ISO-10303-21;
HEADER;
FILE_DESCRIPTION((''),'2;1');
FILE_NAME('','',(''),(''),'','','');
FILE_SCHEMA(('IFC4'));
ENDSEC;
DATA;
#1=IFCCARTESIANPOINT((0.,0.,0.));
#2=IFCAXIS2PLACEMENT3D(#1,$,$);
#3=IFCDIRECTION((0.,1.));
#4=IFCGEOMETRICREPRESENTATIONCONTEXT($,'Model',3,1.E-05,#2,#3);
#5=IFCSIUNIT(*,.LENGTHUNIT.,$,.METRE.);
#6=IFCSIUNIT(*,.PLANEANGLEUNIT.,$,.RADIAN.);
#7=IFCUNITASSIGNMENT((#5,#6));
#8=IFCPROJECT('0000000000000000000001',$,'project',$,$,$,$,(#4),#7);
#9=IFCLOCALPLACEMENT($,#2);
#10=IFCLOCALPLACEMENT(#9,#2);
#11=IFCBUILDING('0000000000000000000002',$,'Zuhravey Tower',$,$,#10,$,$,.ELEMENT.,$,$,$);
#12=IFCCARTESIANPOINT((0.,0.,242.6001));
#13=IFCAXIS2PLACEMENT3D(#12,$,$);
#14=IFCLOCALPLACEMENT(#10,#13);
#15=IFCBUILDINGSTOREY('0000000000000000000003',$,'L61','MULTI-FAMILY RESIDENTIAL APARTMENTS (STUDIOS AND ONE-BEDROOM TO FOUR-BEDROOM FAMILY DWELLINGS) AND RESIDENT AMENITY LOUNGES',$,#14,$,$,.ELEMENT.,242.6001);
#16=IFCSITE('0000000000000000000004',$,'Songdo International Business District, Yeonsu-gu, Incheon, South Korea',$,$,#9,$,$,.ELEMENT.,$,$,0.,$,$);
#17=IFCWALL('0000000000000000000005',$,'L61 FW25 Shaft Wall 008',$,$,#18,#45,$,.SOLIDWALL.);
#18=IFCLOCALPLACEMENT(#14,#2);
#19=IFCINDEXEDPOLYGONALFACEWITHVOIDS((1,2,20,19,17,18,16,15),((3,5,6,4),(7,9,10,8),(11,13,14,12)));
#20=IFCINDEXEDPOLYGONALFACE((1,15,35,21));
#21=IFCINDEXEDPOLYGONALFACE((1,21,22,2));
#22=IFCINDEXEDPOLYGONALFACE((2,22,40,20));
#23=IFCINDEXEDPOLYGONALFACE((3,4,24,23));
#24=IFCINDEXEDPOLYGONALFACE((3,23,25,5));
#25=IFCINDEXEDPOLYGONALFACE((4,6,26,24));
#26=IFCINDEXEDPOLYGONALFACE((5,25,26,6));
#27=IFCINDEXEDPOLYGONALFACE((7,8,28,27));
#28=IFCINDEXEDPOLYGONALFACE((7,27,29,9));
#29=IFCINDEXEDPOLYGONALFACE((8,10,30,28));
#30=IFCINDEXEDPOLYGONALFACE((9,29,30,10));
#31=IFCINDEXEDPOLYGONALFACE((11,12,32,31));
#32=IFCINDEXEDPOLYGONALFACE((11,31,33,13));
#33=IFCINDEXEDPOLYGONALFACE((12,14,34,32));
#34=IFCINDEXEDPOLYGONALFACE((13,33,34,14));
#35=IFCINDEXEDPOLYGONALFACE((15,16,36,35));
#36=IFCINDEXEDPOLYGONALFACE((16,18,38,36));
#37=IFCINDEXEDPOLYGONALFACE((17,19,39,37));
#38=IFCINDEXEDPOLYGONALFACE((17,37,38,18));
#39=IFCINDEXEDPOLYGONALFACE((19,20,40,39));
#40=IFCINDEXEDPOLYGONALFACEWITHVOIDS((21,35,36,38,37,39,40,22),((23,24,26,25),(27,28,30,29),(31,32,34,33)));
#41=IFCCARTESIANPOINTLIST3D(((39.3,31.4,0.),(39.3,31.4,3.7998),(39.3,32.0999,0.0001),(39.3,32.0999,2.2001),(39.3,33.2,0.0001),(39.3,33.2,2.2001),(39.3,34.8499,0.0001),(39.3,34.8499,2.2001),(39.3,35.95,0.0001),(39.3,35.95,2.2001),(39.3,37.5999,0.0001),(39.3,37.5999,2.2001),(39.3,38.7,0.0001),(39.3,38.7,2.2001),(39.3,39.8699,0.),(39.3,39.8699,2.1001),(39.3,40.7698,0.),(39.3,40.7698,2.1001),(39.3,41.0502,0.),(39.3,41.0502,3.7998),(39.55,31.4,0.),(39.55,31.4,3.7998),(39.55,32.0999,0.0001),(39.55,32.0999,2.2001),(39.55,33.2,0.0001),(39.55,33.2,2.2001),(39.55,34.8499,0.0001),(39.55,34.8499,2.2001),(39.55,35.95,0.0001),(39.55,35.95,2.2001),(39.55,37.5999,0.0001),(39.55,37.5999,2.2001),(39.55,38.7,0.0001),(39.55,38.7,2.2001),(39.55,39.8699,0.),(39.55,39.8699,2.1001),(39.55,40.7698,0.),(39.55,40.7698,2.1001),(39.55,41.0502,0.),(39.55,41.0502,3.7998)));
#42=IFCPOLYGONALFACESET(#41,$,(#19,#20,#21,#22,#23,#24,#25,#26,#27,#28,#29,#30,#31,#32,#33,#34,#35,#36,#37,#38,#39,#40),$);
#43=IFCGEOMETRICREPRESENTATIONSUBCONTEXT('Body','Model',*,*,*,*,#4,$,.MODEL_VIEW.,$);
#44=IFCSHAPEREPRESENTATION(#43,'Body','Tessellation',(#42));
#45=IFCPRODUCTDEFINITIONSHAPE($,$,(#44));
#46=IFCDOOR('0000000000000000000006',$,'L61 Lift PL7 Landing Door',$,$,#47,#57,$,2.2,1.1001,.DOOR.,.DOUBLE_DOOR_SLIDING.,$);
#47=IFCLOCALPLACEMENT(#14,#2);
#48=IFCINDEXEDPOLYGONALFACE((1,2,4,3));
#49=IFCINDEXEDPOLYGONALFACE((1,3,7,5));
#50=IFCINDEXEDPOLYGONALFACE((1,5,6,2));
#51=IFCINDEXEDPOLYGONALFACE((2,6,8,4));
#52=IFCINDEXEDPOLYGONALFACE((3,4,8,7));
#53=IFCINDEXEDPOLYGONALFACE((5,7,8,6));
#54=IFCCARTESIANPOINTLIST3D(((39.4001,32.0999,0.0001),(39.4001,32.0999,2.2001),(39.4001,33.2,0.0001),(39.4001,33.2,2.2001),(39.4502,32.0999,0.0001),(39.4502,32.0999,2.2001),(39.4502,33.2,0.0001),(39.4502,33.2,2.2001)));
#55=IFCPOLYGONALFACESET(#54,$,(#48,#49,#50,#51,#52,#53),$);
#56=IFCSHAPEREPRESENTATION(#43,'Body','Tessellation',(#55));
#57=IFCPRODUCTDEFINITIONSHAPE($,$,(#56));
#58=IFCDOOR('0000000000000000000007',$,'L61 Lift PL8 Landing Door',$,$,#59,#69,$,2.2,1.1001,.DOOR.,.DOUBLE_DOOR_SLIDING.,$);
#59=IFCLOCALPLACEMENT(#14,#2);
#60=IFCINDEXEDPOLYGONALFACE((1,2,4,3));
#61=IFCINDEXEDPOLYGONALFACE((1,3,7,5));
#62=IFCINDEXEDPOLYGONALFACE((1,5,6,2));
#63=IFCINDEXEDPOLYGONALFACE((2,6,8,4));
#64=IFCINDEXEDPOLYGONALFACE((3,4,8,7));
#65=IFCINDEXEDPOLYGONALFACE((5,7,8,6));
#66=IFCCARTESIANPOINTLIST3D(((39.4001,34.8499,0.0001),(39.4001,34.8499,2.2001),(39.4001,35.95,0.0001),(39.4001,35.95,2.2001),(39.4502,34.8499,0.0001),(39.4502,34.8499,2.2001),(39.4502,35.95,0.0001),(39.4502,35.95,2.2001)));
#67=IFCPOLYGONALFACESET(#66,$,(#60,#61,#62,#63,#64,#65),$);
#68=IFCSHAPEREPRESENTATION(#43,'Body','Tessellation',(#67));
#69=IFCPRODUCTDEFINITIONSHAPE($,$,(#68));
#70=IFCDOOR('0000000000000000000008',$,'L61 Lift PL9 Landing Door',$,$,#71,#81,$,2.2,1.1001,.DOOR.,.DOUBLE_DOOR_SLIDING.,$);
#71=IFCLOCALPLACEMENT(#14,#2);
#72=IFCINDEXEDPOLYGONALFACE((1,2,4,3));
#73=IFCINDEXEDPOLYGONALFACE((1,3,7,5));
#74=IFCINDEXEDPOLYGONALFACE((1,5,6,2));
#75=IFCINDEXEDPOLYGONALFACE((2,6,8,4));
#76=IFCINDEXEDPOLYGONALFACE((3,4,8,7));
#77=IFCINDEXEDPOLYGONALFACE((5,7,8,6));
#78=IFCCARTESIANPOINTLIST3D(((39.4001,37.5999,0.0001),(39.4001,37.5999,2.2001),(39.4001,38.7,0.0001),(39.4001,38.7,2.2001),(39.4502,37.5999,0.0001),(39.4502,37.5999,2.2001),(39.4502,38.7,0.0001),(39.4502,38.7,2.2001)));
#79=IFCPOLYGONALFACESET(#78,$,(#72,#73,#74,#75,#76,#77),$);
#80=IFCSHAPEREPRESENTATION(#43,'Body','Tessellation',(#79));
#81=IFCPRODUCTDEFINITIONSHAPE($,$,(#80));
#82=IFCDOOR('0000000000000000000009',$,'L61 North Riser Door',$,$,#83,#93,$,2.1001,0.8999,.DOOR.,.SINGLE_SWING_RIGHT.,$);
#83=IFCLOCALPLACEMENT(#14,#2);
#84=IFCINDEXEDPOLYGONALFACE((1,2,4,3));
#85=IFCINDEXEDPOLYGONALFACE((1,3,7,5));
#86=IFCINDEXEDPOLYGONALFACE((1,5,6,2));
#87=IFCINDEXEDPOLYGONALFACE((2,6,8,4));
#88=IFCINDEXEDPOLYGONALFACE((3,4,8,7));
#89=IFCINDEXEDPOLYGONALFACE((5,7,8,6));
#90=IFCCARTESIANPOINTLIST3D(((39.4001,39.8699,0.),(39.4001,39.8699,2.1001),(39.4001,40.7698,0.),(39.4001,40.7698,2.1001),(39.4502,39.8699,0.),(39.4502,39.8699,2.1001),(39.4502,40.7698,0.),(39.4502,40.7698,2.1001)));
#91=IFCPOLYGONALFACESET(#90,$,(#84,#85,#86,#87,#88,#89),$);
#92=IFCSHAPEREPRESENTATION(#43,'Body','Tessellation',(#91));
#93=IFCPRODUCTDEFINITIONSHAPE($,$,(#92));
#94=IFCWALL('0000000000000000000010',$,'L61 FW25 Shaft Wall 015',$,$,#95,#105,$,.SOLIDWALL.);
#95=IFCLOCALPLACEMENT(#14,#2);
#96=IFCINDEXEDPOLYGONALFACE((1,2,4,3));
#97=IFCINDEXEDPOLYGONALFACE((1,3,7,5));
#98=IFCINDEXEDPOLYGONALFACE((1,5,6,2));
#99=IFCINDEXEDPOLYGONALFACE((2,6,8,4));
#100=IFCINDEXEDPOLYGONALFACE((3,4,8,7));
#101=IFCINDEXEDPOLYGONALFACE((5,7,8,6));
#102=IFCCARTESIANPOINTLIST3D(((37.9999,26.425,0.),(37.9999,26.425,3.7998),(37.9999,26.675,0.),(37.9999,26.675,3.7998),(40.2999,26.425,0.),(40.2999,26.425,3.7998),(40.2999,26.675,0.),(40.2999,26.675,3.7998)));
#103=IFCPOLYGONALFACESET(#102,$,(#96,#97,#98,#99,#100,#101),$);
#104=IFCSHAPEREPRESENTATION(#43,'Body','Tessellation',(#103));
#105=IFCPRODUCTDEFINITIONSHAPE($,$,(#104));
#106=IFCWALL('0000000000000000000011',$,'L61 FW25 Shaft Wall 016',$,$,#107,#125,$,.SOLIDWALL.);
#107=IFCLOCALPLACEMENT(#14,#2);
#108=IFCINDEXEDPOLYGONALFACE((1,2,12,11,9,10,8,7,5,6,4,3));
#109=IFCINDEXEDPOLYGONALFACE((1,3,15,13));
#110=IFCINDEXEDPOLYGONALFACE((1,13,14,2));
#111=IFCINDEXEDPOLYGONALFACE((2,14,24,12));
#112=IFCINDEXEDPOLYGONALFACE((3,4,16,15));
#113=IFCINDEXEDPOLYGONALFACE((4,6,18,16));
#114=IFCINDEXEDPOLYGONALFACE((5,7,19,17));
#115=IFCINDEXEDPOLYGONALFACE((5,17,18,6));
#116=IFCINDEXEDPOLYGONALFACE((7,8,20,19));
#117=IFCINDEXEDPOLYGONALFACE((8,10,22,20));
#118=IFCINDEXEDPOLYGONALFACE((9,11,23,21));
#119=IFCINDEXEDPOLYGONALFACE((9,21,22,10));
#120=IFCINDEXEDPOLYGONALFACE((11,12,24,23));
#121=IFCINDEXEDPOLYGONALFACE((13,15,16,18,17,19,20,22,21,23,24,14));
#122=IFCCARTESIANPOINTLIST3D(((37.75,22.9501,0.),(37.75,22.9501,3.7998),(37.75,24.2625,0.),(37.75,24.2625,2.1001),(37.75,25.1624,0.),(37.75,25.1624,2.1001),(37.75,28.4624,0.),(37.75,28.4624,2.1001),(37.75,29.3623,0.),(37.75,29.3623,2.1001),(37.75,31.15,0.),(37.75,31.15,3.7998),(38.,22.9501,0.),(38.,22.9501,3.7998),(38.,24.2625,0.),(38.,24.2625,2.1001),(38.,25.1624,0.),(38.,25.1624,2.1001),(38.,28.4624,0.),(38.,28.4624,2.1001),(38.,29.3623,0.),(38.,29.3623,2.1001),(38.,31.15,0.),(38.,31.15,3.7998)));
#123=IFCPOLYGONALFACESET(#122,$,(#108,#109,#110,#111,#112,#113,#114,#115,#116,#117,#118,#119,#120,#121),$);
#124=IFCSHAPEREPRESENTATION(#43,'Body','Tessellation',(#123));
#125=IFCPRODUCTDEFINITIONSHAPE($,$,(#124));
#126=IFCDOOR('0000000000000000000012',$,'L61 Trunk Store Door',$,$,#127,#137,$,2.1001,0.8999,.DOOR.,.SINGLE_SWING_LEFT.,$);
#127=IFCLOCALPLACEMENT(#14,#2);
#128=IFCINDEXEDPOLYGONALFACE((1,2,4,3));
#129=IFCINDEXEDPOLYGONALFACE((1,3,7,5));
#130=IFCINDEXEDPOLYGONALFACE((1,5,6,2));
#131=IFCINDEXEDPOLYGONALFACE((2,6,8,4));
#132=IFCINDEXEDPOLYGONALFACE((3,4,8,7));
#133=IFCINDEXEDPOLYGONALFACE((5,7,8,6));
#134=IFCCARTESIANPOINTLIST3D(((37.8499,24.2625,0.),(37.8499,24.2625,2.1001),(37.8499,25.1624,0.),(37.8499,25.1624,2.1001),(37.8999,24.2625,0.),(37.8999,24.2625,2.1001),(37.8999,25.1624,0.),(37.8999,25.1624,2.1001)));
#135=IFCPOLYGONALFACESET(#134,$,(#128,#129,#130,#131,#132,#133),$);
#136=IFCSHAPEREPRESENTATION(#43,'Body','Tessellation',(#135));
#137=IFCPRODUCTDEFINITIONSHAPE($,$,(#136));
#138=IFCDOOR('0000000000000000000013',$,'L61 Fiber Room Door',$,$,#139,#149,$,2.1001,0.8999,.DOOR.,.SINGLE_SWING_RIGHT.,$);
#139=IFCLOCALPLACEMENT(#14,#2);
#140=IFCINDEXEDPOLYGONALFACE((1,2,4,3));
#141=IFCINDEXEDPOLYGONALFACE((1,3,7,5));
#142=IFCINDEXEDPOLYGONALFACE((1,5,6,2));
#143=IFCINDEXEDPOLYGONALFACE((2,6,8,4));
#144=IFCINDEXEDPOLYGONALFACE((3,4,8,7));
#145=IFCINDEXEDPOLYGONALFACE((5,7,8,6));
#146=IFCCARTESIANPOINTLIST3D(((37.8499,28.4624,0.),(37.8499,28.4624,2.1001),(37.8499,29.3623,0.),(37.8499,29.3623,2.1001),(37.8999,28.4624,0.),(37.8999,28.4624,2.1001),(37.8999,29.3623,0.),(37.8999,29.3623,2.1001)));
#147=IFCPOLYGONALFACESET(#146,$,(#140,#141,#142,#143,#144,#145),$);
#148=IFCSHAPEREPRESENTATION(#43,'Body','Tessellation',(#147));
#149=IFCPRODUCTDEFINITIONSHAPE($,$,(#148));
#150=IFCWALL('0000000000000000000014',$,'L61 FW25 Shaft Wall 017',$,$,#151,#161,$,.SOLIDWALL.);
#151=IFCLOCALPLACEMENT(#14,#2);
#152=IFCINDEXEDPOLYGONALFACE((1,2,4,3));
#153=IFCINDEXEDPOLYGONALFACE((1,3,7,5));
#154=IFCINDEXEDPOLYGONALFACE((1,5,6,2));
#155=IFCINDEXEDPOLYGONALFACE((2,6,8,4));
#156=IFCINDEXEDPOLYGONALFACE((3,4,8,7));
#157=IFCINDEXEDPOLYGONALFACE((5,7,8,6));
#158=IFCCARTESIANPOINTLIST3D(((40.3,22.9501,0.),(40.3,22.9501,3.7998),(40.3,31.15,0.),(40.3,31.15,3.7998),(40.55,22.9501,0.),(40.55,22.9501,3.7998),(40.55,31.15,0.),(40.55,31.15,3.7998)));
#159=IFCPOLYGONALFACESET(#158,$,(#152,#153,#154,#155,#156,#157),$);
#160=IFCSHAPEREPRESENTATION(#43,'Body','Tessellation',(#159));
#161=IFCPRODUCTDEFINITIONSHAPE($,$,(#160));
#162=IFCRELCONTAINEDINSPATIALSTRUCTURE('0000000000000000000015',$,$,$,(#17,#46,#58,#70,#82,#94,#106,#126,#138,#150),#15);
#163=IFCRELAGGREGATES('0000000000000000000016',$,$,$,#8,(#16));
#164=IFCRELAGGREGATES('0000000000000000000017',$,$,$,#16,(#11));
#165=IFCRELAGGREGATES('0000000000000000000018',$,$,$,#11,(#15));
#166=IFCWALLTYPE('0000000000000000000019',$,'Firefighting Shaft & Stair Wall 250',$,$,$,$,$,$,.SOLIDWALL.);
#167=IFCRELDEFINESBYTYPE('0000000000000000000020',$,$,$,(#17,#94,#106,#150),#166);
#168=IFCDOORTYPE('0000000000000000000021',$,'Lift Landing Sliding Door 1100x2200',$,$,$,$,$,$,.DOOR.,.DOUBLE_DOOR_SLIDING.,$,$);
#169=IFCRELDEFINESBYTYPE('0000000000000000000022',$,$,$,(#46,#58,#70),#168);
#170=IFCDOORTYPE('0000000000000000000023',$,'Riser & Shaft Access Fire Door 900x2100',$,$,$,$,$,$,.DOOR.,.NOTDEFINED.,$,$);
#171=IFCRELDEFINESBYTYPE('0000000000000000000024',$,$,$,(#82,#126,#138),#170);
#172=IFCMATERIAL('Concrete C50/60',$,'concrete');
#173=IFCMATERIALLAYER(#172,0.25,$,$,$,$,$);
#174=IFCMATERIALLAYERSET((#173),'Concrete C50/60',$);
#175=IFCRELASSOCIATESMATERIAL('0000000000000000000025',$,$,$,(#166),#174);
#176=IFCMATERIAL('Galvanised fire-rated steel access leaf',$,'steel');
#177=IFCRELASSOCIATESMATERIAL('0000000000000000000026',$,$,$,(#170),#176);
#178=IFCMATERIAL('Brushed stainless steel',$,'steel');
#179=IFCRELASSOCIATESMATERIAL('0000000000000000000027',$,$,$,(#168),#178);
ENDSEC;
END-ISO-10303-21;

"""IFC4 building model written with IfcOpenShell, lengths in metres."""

from ifc_helpers import new_model, si_unit, direction, frame, frame_2d, origin, place, context, subcontext, project, spatial, rectangle, extrude, material, layer, layer_set, type_object, element, fill, save


model = new_model("IFC4")

# Units and contexts
model_context = context("Model", 3, precision=1e-05, world=origin(), true_north=direction((0.0, 1.0)))
body_context = subcontext(model_context, "Body", "Model", "MODEL_VIEW")
ifc_project = project(units=[si_unit("LENGTHUNIT", "METRE"), si_unit("PLANEANGLEUNIT", "RADIAN")], contexts=[model_context])

# Site, building, storey
site_placement = place(None, origin())
site = spatial("IfcSite", under=ifc_project, at=site_placement, Name="Songdo International Business District, Yeonsu-gu, Incheon, South Korea", CompositionType="ELEMENT", RefElevation=0.0)
building_placement = place(site_placement, origin())
building = spatial("IfcBuilding", under=site, at=building_placement, Name="Zuhravey Tower", CompositionType="ELEMENT")
storey_placement = place(building_placement, frame((0.0, 0.0, 242.6001)))
storey = spatial("IfcBuildingStorey", under=building, at=storey_placement, Name="L61", Description="MULTI-FAMILY RESIDENTIAL APARTMENTS (STUDIOS AND ONE-BEDROOM TO FOUR-BEDROOM FAMILY DWELLINGS) AND RESIDENT AMENITY LOUNGES", CompositionType="ELEMENT", Elevation=242.6001)

# Shared definitions
ifc_material_1 = material(Name="Concrete C50/60", Category="concrete")
ifc_layer_1 = layer(ifc_material_1, 0.25)
ifc_layer_set_1 = layer_set([ifc_layer_1], Name="Concrete C50/60")
wall_type_1 = type_object("IfcWallType", Name="Firefighting Shaft & Stair Wall 250", PredefinedType="SOLIDWALL", material=ifc_layer_set_1)

# Wall, openings, doors
ifc_material_2 = material(Name="Galvanised fire-rated steel access leaf", Category="steel")
door_type_1 = type_object("IfcDoorType", Name="Riser & Shaft Access Fire Door 900x2100", OperationType="NOTDEFINED", PredefinedType="DOOR", material=ifc_material_2)
wall_1_placement = place(storey_placement, frame((39.425, 31.3999, 0.0), z_axis=(0.0, 0.0, 1.0), x_axis=(0.0, 1.0, 0.0)))
wall_1 = element("IfcWall", 1, at=wall_1_placement, inside=storey, type_object=wall_type_1, Name="L61 FW25 Shaft Wall 008", PredefinedType="SOLIDWALL", context=body_context, shape_type="SweptSolid", body=[
    extrude(rectangle(XDim=9.6501, YDim=0.25, at=frame_2d((4.8252, 0.0))), origin(), (0.0, 0.0, 1.0), 3.7998),
])
opening_1_placement = place(wall_1_placement, frame((0.7, 0.0, 0.0)))
opening_1 = element("IfcOpeningElement", 2, at=opening_1_placement, cuts=wall_1, PredefinedType="OPENING", context=body_context, shape_type="SweptSolid", body=[
    extrude(rectangle(XDim=1.1001, YDim=2.2, at=frame_2d((0.55, 1.1001))), frame((0.0, 0.137, 0.0), z_axis=(0.0, -1.0, 0.0), x_axis=(1.0, 0.0, 0.0)), (0.0, 0.0, 1.0), 0.2739),
])
opening_2_placement = place(wall_1_placement, frame((3.45, 0.0, 0.0)))
opening_2 = element("IfcOpeningElement", 3, at=opening_2_placement, cuts=wall_1, PredefinedType="OPENING", context=body_context, shape_type="SweptSolid", body=[
    extrude(rectangle(XDim=1.1001, YDim=2.2, at=frame_2d((0.55, 1.1001))), frame((0.0, 0.137, 0.0), z_axis=(0.0, -1.0, 0.0), x_axis=(1.0, 0.0, 0.0)), (0.0, 0.0, 1.0), 0.2739),
])
opening_3_placement = place(wall_1_placement, frame((6.2, 0.0, 0.0)))
opening_3 = element("IfcOpeningElement", 4, at=opening_3_placement, cuts=wall_1, PredefinedType="OPENING", context=body_context, shape_type="SweptSolid", body=[
    extrude(rectangle(XDim=1.1001, YDim=2.2, at=frame_2d((0.55, 1.1001))), frame((0.0, 0.137, 0.0), z_axis=(0.0, -1.0, 0.0), x_axis=(1.0, 0.0, 0.0)), (0.0, 0.0, 1.0), 0.2739),
])
opening_4_placement = place(wall_1_placement, frame((8.47, 0.0, 0.0)))
opening_4 = element("IfcOpeningElement", 5, at=opening_4_placement, cuts=wall_1, PredefinedType="OPENING", context=body_context, shape_type="SweptSolid", body=[
    extrude(rectangle(XDim=0.8999, YDim=2.1001, at=frame_2d((0.45, 1.05))), frame((0.0, 0.137, 0.0), z_axis=(0.0, -1.0, 0.0), x_axis=(1.0, 0.0, 0.0)), (0.0, 0.0, 1.0), 0.2739),
])
ifc_material_3 = material(Name="Brushed stainless steel", Category="steel")
door_type_2 = type_object("IfcDoorType", Name="Lift Landing Sliding Door 1100x2200", OperationType="DOUBLE_DOOR_SLIDING", PredefinedType="DOOR", material=ifc_material_3)
door_1_placement = place(opening_1_placement, origin())
door_1 = element("IfcDoor", 6, at=door_1_placement, inside=storey, type_object=door_type_2, Name="L61 Lift PL7 Landing Door", OperationType="DOUBLE_DOOR_SLIDING", OverallHeight=2.2, OverallWidth=1.1001, PredefinedType="DOOR", context=body_context, shape_type="SweptSolid", body=[
    extrude(rectangle(XDim=1.1001, YDim=2.2, at=frame_2d((0.55, 1.1001))), frame((0.0, 0.0249, 0.0), z_axis=(0.0, -1.0, 0.0), x_axis=(1.0, 0.0, 0.0)), (0.0, 0.0, 1.0), 0.05),
])
fill(opening_1, door_1)
door_2_placement = place(opening_2_placement, origin())
door_2 = element("IfcDoor", 7, at=door_2_placement, inside=storey, type_object=door_type_2, Name="L61 Lift PL8 Landing Door", OperationType="DOUBLE_DOOR_SLIDING", OverallHeight=2.2, OverallWidth=1.1001, PredefinedType="DOOR", context=body_context, shape_type="SweptSolid", body=[
    extrude(rectangle(XDim=1.1001, YDim=2.2, at=frame_2d((0.55, 1.1001))), frame((0.0, 0.0249, 0.0), z_axis=(0.0, -1.0, 0.0), x_axis=(1.0, 0.0, 0.0)), (0.0, 0.0, 1.0), 0.05),
])
fill(opening_2, door_2)
door_3_placement = place(opening_3_placement, origin())
door_3 = element("IfcDoor", 8, at=door_3_placement, inside=storey, type_object=door_type_2, Name="L61 Lift PL9 Landing Door", OperationType="DOUBLE_DOOR_SLIDING", OverallHeight=2.2, OverallWidth=1.1001, PredefinedType="DOOR", context=body_context, shape_type="SweptSolid", body=[
    extrude(rectangle(XDim=1.1001, YDim=2.2, at=frame_2d((0.55, 1.1001))), frame((0.0, 0.0249, 0.0), z_axis=(0.0, -1.0, 0.0), x_axis=(1.0, 0.0, 0.0)), (0.0, 0.0, 1.0), 0.05),
])
fill(opening_3, door_3)
door_4_placement = place(opening_4_placement, origin())
door_4 = element("IfcDoor", 9, at=door_4_placement, inside=storey, type_object=door_type_1, Name="L61 North Riser Door", OperationType="SINGLE_SWING_RIGHT", OverallHeight=2.1001, OverallWidth=0.8999, PredefinedType="DOOR", context=body_context, shape_type="SweptSolid", body=[
    extrude(rectangle(XDim=0.8999, YDim=2.1001, at=frame_2d((0.45, 1.05))), frame((0.0, 0.0249, 0.0), z_axis=(0.0, -1.0, 0.0), x_axis=(1.0, 0.0, 0.0)), (0.0, 0.0, 1.0), 0.05),
])
fill(opening_4, door_4)

# Wall
wall_2_placement = place(storey_placement, frame((38.0, 26.55, 0.0), z_axis=(0.0, 0.0, 1.0), x_axis=(1.0, 0.0, 0.0)))
element("IfcWall", 10, at=wall_2_placement, inside=storey, type_object=wall_type_1, Name="L61 FW25 Shaft Wall 015", PredefinedType="SOLIDWALL", context=body_context, shape_type="SweptSolid", body=[
    extrude(rectangle(XDim=2.3, YDim=0.25, at=frame_2d((1.1499, 0.0))), origin(), (0.0, 0.0, 1.0), 3.7998),
])

# Wall, openings, doors
wall_3_placement = place(storey_placement, frame((37.875, 22.95, 0.0), z_axis=(0.0, 0.0, 1.0), x_axis=(0.0, 1.0, 0.0)))
wall_3 = element("IfcWall", 11, at=wall_3_placement, inside=storey, type_object=wall_type_1, Name="L61 FW25 Shaft Wall 016", PredefinedType="SOLIDWALL", context=body_context, shape_type="SweptSolid", body=[
    extrude(rectangle(XDim=8.2, YDim=0.25, at=frame_2d((4.1001, 0.0))), origin(), (0.0, 0.0, 1.0), 3.7998),
])
opening_5_placement = place(wall_3_placement, frame((1.3125, 0.0, 0.0)))
opening_5 = element("IfcOpeningElement", 12, at=opening_5_placement, cuts=wall_3, PredefinedType="OPENING", context=body_context, shape_type="SweptSolid", body=[
    extrude(rectangle(XDim=0.8999, YDim=2.1001, at=frame_2d((0.45, 1.05))), frame((0.0, 0.137, 0.0), z_axis=(0.0, -1.0, 0.0), x_axis=(1.0, 0.0, 0.0)), (0.0, 0.0, 1.0), 0.2739),
])
opening_6_placement = place(wall_3_placement, frame((5.5125, 0.0, 0.0)))
opening_6 = element("IfcOpeningElement", 13, at=opening_6_placement, cuts=wall_3, PredefinedType="OPENING", context=body_context, shape_type="SweptSolid", body=[
    extrude(rectangle(XDim=0.8999, YDim=2.1001, at=frame_2d((0.45, 1.05))), frame((0.0, 0.137, 0.0), z_axis=(0.0, -1.0, 0.0), x_axis=(1.0, 0.0, 0.0)), (0.0, 0.0, 1.0), 0.2739),
])
door_5_placement = place(opening_5_placement, frame((0.8999, 0.0, 0.0), z_axis=(0.0, 0.0, 1.0), x_axis=(-1.0, 0.0, 0.0)))
door_5 = element("IfcDoor", 14, at=door_5_placement, inside=storey, type_object=door_type_1, Name="L61 Trunk Store Door", OperationType="SINGLE_SWING_LEFT", OverallHeight=2.1001, OverallWidth=0.8999, PredefinedType="DOOR", context=body_context, shape_type="SweptSolid", body=[
    extrude(rectangle(XDim=0.8999, YDim=2.1001, at=frame_2d((0.45, 1.05))), frame((0.0, 0.0249, 0.0), z_axis=(0.0, -1.0, 0.0), x_axis=(1.0, 0.0, 0.0)), (0.0, 0.0, 1.0), 0.05),
])
fill(opening_5, door_5)
door_6_placement = place(opening_6_placement, frame((0.8999, 0.0, 0.0), z_axis=(0.0, 0.0, 1.0), x_axis=(-1.0, 0.0, 0.0)))
door_6 = element("IfcDoor", 15, at=door_6_placement, inside=storey, type_object=door_type_1, Name="L61 Fiber Room Door", OperationType="SINGLE_SWING_RIGHT", OverallHeight=2.1001, OverallWidth=0.8999, PredefinedType="DOOR", context=body_context, shape_type="SweptSolid", body=[
    extrude(rectangle(XDim=0.8999, YDim=2.1001, at=frame_2d((0.45, 1.05))), frame((0.0, 0.0249, 0.0), z_axis=(0.0, -1.0, 0.0), x_axis=(1.0, 0.0, 0.0)), (0.0, 0.0, 1.0), 0.05),
])
fill(opening_6, door_6)

# Wall
wall_4_placement = place(storey_placement, frame((40.425, 22.95, 0.0), z_axis=(0.0, 0.0, 1.0), x_axis=(0.0, 1.0, 0.0)))
element("IfcWall", 16, at=wall_4_placement, inside=storey, type_object=wall_type_1, Name="L61 FW25 Shaft Wall 017", PredefinedType="SOLIDWALL", context=body_context, shape_type="SweptSolid", body=[
    extrude(rectangle(XDim=8.2, YDim=0.25, at=frame_2d((4.1001, 0.0))), origin(), (0.0, 0.0, 1.0), 3.7998),
])

save(model, "model.ifc")
